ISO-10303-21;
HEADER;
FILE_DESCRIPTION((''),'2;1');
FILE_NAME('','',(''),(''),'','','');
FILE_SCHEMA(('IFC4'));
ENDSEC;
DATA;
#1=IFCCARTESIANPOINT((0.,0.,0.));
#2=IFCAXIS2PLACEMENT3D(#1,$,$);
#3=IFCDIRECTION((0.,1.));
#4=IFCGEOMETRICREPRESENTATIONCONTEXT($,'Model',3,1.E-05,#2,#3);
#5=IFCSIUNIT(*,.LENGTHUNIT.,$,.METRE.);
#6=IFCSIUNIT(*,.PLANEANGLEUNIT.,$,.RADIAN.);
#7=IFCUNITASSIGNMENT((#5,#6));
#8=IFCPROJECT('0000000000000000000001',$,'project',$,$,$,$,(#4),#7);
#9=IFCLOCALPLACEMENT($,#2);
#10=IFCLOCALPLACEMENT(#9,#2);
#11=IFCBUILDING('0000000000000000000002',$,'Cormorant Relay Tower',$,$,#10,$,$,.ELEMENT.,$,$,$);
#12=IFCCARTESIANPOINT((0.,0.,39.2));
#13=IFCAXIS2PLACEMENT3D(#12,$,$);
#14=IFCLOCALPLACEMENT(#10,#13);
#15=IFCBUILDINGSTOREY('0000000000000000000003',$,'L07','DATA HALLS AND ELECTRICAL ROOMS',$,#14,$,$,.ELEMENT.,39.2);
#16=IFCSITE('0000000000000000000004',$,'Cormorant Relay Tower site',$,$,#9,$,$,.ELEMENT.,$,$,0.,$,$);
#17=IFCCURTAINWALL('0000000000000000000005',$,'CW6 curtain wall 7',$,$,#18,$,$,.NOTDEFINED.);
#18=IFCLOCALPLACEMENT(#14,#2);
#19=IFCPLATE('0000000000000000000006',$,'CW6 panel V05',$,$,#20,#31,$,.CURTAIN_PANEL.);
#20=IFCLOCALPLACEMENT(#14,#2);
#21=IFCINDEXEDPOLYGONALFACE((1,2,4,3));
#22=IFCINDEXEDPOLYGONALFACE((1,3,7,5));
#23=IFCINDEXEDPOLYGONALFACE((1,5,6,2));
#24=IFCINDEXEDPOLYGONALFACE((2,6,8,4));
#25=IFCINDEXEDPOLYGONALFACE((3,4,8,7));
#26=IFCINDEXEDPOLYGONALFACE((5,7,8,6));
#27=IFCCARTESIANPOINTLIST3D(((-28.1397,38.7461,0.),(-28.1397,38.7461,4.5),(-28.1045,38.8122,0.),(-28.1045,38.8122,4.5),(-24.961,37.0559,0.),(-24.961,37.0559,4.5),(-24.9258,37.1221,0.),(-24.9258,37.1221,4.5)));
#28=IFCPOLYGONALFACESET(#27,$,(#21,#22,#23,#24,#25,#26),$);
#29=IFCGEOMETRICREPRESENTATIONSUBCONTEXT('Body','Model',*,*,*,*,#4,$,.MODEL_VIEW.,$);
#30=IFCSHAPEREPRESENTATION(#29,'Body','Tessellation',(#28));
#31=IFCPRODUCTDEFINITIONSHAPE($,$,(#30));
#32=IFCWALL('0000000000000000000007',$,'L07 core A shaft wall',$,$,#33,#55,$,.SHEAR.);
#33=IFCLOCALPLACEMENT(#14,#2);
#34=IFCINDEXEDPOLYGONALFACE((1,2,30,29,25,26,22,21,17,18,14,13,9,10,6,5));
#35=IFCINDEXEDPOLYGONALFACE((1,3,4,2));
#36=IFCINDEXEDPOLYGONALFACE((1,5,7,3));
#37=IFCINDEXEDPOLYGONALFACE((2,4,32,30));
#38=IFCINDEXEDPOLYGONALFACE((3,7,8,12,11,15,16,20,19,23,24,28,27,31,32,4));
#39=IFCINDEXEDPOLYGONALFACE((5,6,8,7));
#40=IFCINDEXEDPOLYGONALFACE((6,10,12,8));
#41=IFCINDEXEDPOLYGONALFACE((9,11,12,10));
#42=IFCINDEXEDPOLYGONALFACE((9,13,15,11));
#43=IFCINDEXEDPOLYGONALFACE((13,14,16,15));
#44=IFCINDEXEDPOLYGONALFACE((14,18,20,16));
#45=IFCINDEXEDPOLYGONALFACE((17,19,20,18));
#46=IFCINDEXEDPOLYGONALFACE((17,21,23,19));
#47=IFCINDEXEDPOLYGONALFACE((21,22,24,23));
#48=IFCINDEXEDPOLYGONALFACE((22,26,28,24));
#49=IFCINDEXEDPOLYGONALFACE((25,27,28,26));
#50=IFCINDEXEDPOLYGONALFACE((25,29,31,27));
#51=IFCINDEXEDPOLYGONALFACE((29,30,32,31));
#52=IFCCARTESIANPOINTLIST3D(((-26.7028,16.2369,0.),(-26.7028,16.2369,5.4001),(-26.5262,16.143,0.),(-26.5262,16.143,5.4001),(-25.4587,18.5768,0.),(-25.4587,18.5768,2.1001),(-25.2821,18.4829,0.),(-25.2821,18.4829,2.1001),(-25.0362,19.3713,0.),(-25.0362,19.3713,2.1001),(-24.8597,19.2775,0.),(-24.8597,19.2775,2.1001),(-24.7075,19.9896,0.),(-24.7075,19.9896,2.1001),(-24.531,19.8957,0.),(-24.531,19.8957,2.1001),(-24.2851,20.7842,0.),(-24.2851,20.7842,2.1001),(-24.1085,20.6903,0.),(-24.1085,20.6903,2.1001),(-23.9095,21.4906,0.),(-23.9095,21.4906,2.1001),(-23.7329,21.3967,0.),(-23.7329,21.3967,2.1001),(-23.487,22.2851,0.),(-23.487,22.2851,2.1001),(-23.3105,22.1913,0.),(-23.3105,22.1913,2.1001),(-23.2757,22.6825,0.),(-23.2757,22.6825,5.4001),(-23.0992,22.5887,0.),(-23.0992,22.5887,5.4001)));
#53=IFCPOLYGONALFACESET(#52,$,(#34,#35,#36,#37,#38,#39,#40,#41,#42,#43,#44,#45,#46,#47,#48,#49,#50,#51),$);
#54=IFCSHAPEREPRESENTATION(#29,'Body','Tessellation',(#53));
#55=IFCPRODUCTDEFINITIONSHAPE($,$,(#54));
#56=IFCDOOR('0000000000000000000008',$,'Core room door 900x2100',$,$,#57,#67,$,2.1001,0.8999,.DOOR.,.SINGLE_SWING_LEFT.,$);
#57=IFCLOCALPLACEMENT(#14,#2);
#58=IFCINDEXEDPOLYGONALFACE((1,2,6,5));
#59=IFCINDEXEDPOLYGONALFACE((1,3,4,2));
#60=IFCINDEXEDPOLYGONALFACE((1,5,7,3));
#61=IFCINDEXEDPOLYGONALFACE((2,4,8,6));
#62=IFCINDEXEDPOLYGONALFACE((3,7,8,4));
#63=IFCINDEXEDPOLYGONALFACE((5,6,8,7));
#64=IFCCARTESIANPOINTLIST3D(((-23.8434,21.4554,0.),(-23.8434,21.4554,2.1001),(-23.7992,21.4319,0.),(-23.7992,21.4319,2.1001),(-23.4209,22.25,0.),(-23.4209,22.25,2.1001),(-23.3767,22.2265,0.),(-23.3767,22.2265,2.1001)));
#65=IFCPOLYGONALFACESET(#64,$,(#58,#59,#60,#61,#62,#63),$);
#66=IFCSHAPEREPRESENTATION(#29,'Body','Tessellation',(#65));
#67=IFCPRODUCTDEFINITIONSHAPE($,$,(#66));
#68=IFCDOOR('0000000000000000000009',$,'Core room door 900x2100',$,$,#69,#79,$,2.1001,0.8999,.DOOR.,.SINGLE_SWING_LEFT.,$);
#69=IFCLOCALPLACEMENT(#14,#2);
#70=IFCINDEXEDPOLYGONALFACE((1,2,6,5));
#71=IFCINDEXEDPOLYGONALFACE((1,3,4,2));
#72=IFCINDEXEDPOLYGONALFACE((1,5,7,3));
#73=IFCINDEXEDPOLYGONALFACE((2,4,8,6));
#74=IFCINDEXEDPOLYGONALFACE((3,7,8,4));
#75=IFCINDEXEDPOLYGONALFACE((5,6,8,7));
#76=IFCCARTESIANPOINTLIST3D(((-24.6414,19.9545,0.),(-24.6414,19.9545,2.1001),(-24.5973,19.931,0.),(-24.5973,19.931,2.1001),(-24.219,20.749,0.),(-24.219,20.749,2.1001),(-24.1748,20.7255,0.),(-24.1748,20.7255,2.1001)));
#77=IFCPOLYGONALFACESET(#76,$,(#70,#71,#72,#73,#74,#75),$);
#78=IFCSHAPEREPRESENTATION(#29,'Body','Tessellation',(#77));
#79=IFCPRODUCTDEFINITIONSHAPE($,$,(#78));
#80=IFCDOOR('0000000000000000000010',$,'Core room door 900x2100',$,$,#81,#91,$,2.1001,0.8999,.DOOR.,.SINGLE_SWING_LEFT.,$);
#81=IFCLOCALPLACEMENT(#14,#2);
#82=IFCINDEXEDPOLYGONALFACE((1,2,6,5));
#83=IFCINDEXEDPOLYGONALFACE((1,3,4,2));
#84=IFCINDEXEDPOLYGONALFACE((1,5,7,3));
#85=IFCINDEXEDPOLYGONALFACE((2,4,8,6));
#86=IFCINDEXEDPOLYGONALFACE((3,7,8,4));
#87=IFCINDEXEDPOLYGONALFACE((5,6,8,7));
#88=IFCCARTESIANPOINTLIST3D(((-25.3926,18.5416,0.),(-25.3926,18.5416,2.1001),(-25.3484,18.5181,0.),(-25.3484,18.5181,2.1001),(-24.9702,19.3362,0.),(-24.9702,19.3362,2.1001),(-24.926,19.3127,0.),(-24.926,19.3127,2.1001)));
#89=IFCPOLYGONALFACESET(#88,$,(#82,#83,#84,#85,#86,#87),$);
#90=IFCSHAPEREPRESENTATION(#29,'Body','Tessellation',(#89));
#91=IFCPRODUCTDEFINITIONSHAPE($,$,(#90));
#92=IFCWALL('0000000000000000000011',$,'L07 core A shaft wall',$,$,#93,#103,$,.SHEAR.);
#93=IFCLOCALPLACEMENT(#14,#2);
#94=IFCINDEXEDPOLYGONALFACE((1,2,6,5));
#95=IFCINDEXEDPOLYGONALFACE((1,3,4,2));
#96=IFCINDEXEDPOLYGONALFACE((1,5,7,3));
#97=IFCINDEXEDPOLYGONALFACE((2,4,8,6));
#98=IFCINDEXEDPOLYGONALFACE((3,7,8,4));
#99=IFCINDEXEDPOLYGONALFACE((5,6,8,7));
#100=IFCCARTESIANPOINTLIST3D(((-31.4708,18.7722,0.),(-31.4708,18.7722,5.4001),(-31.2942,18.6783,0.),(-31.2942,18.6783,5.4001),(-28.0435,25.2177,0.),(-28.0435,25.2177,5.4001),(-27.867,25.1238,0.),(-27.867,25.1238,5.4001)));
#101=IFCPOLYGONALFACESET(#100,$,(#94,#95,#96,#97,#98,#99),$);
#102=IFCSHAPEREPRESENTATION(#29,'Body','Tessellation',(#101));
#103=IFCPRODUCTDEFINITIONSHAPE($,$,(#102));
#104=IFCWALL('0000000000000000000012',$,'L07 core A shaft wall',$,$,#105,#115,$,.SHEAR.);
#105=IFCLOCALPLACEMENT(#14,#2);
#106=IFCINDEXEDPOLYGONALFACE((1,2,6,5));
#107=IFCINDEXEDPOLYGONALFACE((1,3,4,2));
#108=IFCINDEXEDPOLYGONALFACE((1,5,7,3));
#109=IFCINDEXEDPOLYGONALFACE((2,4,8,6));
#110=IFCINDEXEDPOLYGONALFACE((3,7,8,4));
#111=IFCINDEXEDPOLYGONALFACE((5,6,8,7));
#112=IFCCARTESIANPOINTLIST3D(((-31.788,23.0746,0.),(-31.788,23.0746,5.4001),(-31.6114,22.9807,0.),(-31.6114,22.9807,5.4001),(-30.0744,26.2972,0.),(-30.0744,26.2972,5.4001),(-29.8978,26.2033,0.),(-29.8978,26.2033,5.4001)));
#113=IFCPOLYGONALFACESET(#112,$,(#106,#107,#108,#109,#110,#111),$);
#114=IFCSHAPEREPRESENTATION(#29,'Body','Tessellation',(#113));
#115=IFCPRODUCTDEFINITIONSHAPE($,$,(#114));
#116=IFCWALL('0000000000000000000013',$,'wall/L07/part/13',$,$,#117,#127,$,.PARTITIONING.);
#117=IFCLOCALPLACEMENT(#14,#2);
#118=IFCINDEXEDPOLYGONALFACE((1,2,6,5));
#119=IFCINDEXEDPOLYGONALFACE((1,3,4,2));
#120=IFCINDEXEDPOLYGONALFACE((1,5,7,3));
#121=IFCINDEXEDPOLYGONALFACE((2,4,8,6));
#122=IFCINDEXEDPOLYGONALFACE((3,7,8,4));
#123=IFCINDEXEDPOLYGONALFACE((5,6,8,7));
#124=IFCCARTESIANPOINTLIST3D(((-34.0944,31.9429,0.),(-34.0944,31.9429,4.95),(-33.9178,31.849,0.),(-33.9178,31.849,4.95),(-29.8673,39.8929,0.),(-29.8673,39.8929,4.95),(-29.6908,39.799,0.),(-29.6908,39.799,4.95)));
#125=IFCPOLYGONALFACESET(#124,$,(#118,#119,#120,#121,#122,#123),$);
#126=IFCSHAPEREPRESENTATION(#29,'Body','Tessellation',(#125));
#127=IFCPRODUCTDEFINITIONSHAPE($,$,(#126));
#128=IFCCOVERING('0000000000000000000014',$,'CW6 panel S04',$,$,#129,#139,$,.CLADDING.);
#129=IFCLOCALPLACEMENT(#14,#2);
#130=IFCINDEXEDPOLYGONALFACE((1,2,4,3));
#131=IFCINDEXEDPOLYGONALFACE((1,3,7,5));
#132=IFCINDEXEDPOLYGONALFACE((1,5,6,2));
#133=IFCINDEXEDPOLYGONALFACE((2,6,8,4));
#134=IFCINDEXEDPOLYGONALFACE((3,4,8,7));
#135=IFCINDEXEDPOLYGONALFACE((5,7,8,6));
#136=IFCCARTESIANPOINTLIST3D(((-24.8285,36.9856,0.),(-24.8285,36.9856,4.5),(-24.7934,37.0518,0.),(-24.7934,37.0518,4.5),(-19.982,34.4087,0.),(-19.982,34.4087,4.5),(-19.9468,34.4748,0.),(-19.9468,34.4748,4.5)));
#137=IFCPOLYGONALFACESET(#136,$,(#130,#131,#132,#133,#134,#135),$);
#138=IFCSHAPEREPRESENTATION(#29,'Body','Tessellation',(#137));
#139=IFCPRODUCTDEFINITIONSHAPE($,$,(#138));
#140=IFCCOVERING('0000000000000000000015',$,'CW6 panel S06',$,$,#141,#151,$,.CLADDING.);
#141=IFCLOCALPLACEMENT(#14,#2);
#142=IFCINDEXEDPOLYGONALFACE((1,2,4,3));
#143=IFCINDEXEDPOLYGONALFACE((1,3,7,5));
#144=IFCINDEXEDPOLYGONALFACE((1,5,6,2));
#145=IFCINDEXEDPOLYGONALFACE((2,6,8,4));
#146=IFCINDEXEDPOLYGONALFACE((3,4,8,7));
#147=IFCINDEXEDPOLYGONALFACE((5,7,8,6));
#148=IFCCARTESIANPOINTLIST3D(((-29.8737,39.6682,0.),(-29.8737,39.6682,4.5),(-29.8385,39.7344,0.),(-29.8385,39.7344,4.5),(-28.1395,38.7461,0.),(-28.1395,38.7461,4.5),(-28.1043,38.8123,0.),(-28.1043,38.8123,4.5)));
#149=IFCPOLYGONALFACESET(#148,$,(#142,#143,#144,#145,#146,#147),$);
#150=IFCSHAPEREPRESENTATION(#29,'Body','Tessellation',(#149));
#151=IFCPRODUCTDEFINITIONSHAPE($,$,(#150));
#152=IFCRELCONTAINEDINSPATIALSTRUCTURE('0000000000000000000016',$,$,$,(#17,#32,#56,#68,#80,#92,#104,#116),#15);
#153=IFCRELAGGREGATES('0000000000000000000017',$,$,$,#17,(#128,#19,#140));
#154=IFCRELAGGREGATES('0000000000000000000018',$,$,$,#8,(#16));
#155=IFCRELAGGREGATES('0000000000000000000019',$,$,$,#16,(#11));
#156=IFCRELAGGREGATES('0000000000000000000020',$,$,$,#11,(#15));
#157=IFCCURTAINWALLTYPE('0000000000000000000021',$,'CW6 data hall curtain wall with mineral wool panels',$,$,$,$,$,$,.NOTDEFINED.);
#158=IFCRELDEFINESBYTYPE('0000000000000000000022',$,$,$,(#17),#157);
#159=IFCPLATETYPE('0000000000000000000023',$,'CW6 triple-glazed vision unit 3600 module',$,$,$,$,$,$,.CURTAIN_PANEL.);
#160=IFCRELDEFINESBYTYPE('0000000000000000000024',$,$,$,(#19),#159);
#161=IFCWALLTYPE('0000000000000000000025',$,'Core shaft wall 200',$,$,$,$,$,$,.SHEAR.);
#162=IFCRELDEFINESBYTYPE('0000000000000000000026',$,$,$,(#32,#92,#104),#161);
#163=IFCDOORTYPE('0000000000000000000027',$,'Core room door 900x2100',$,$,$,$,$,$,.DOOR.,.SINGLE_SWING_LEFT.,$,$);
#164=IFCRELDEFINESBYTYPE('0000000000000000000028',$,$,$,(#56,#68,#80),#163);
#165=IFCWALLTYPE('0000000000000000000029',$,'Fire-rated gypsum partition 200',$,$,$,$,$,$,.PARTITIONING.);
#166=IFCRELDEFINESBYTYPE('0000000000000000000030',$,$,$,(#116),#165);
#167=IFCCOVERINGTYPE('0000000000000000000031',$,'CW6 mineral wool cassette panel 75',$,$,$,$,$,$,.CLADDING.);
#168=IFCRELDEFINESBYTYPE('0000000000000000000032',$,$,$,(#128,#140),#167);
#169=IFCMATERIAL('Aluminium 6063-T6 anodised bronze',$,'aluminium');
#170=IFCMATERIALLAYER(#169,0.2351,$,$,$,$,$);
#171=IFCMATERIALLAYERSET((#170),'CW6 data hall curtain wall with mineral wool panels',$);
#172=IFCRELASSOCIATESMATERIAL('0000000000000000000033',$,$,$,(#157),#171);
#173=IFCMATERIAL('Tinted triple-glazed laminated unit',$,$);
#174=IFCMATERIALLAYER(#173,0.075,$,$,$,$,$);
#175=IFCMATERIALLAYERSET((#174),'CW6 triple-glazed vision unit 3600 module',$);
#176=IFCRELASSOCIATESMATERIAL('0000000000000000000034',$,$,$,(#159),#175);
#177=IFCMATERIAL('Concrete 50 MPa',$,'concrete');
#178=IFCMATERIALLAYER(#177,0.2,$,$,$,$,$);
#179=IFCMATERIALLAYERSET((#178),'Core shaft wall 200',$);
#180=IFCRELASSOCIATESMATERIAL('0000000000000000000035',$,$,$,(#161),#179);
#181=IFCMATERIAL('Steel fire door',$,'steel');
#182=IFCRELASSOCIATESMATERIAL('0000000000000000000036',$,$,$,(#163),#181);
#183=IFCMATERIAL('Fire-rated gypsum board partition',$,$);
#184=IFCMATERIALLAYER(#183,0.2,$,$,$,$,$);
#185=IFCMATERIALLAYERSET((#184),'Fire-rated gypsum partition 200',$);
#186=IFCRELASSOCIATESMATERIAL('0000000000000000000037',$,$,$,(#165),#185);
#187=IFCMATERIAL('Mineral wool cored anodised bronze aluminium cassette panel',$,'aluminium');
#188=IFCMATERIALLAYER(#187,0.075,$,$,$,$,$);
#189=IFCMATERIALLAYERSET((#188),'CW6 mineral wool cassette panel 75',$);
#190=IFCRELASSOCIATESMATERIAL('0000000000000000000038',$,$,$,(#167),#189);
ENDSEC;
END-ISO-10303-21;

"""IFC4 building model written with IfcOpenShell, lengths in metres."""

from ifc_helpers import new_model, si_unit, direction, frame, frame_2d, origin, origin_2d, place, context, subcontext, project, spatial, rectangle, extrude, material, layer, layer_set, type_object, element, fill, aggregate, save


model = new_model("IFC4")

# Units and contexts
model_context = context("Model", 3, precision=1e-05, world=origin(), true_north=direction((0.0, 1.0)))
body_context = subcontext(model_context, "Body", "Model", "MODEL_VIEW")
ifc_project = project(units=[si_unit("LENGTHUNIT", "METRE"), si_unit("PLANEANGLEUNIT", "RADIAN")], contexts=[model_context])

# Site, building, storey
site_placement = place(None, origin())
site = spatial("IfcSite", under=ifc_project, at=site_placement, Name="Cormorant Relay Tower site", CompositionType="ELEMENT", RefElevation=0.0)
building_placement = place(site_placement, origin())
building = spatial("IfcBuilding", under=site, at=building_placement, Name="Cormorant Relay Tower", CompositionType="ELEMENT")
storey_placement = place(building_placement, frame((0.0, 0.0, 39.2)))
storey = spatial("IfcBuildingStorey", under=building, at=storey_placement, Name="L07", Description="DATA HALLS AND ELECTRICAL ROOMS", CompositionType="ELEMENT", Elevation=39.2)

# Curtain wall
ifc_material_1 = material(Name="Aluminium 6063-T6 anodised bronze", Category="aluminium")
ifc_layer_1 = layer(ifc_material_1, 0.2351)
ifc_layer_set_1 = layer_set([ifc_layer_1], Name="CW6 data hall curtain wall with mineral wool panels")
curtain_wall_type = type_object("IfcCurtainWallType", Name="CW6 data hall curtain wall with mineral wool panels", PredefinedType="NOTDEFINED", material=ifc_layer_set_1)
curtain_wall_1_placement = place(storey_placement, origin())
curtain_wall_1 = element("IfcCurtainWall", 1, at=curtain_wall_1_placement, inside=storey, type_object=curtain_wall_type, Name="CW6 curtain wall 7", PredefinedType="NOTDEFINED")

# Plate
ifc_material_2 = material(Name="Tinted triple-glazed laminated unit")
ifc_layer_2 = layer(ifc_material_2, 0.075)
ifc_layer_set_2 = layer_set([ifc_layer_2], Name="CW6 triple-glazed vision unit 3600 module")
plate_type = type_object("IfcPlateType", Name="CW6 triple-glazed vision unit 3600 module", PredefinedType="CURTAIN_PANEL", material=ifc_layer_set_2)
plate_placement = place(storey_placement, frame((-26.5327, 37.9341, 0.0), z_axis=(0.0, 0.0, 1.0), x_axis=(-0.882948, 0.469472, 0.0)))
plate = element("IfcPlate", 2, at=plate_placement, type_object=plate_type, Name="CW6 panel V05", PredefinedType="CURTAIN_PANEL", context=body_context, shape_type="SweptSolid", body=[
    extrude(rectangle(XDim=3.6001, YDim=0.075, at=origin_2d()), origin(), (0.0, 0.0, 1.0), 4.5),
])

# Wall, openings, doors
ifc_material_3 = material(Name="Concrete 50 MPa", Category="concrete")
ifc_layer_3 = layer(ifc_material_3, 0.2)
ifc_layer_set_3 = layer_set([ifc_layer_3], Name="Core shaft wall 200")
wall_type_1 = type_object("IfcWallType", Name="Core shaft wall 200", PredefinedType="SHEAR", material=ifc_layer_set_3)
wall_1_placement = place(storey_placement, frame((-23.1875, 22.6355, 0.0), z_axis=(0.0, 0.0, 1.0), x_axis=(-0.469454, -0.882957, 0.0)))
wall_1 = element("IfcWall", 3, at=wall_1_placement, inside=storey, type_object=wall_type_1, Name="L07 core A shaft wall", PredefinedType="SHEAR", context=body_context, shape_type="SweptSolid", body=[
    extrude(rectangle(XDim=7.3, YDim=0.2, at=frame_2d((3.6499, 0.0))), origin(), (0.0, 0.0, 1.0), 5.4001),
])
opening_1_placement = place(wall_1_placement, frame((0.45, 0.0, 0.0)))
opening_1 = element("IfcOpeningElement", 4, at=opening_1_placement, cuts=wall_1, PredefinedType="OPENING", context=body_context, shape_type="SweptSolid", body=[
    extrude(rectangle(XDim=0.8999, YDim=2.1001, at=frame_2d((0.45, 1.05))), frame((0.0, 0.1099, 0.0), z_axis=(0.0, -1.0, 0.0), x_axis=(1.0, 0.0, 0.0)), (0.0, 0.0, 1.0), 0.22),
])
opening_2_placement = place(wall_1_placement, frame((2.1499, 0.0, 0.0)))
opening_2 = element("IfcOpeningElement", 5, at=opening_2_placement, cuts=wall_1, PredefinedType="OPENING", context=body_context, shape_type="SweptSolid", body=[
    extrude(rectangle(XDim=0.8999, YDim=2.1001, at=frame_2d((0.45, 1.05))), frame((0.0, 0.1099, 0.0), z_axis=(0.0, -1.0, 0.0), x_axis=(1.0, 0.0, 0.0)), (0.0, 0.0, 1.0), 0.22),
])
opening_3_placement = place(wall_1_placement, frame((3.75, 0.0, 0.0)))
opening_3 = element("IfcOpeningElement", 6, at=opening_3_placement, cuts=wall_1, PredefinedType="OPENING", context=body_context, shape_type="SweptSolid", body=[
    extrude(rectangle(XDim=0.8999, YDim=2.1001, at=frame_2d((0.45, 1.05))), frame((0.0, 0.1099, 0.0), z_axis=(0.0, -1.0, 0.0), x_axis=(1.0, 0.0, 0.0)), (0.0, 0.0, 1.0), 0.22),
])
ifc_material_4 = material(Name="Steel fire door", Category="steel")
door_type_1 = type_object("IfcDoorType", Name="Core room door 900x2100", OperationType="SINGLE_SWING_LEFT", PredefinedType="DOOR", material=ifc_material_4)
door_1_placement = place(opening_1_placement, origin())
door_1 = element("IfcDoor", 7, at=door_1_placement, inside=storey, type_object=door_type_1, Name="Core room door 900x2100", OperationType="SINGLE_SWING_LEFT", OverallHeight=2.1001, OverallWidth=0.8999, PredefinedType="DOOR", context=body_context, shape_type="SweptSolid", body=[
    extrude(rectangle(XDim=0.8999, YDim=2.1001, at=frame_2d((0.45, 1.05))), frame((0.0, 0.0249, 0.0), z_axis=(0.0, -1.0, 0.0), x_axis=(1.0, 0.0, 0.0)), (0.0, 0.0, 1.0), 0.05),
])
fill(opening_1, door_1)
door_2_placement = place(opening_2_placement, origin())
door_2 = element("IfcDoor", 8, at=door_2_placement, inside=storey, type_object=door_type_1, Name="Core room door 900x2100", OperationType="SINGLE_SWING_LEFT", OverallHeight=2.1001, OverallWidth=0.8999, PredefinedType="DOOR", context=body_context, shape_type="SweptSolid", body=[
    extrude(rectangle(XDim=0.8999, YDim=2.1001, at=frame_2d((0.45, 1.05))), frame((0.0, 0.0249, 0.0), z_axis=(0.0, -1.0, 0.0), x_axis=(1.0, 0.0, 0.0)), (0.0, 0.0, 1.0), 0.05),
])
fill(opening_2, door_2)
door_3_placement = place(opening_3_placement, origin())
door_3 = element("IfcDoor", 9, at=door_3_placement, inside=storey, type_object=door_type_1, Name="Core room door 900x2100", OperationType="SINGLE_SWING_LEFT", OverallHeight=2.1001, OverallWidth=0.8999, PredefinedType="DOOR", context=body_context, shape_type="SweptSolid", body=[
    extrude(rectangle(XDim=0.8999, YDim=2.1001, at=frame_2d((0.45, 1.05))), frame((0.0, 0.0249, 0.0), z_axis=(0.0, -1.0, 0.0), x_axis=(1.0, 0.0, 0.0)), (0.0, 0.0, 1.0), 0.05),
])
fill(opening_3, door_3)

# Walls
wall_2_placement = place(storey_placement, frame((-27.9553, 25.1707, 0.0), z_axis=(0.0, 0.0, 1.0), x_axis=(-0.46948, -0.882943, 0.0)))
element("IfcWall", 10, at=wall_2_placement, inside=storey, type_object=wall_type_1, Name="L07 core A shaft wall", PredefinedType="SHEAR", context=body_context, shape_type="SweptSolid", body=[
    extrude(rectangle(XDim=7.3, YDim=0.2, at=frame_2d((3.6499, 0.0))), origin(), (0.0, 0.0, 1.0), 5.4001),
])
wall_3_placement = place(storey_placement, frame((-29.9861, 26.2502, 0.0), z_axis=(0.0, 0.0, 1.0), x_axis=(-0.469494, -0.882936, 0.0)))
element("IfcWall", 11, at=wall_3_placement, inside=storey, type_object=wall_type_1, Name="L07 core A shaft wall", PredefinedType="SHEAR", context=body_context, shape_type="SweptSolid", body=[
    extrude(rectangle(XDim=3.6499, YDim=0.2, at=frame_2d((1.825, 0.0))), origin(), (0.0, 0.0, 1.0), 5.4001),
])

# Wall
ifc_material_5 = material(Name="Fire-rated gypsum board partition")
ifc_layer_4 = layer(ifc_material_5, 0.2)
ifc_layer_set_4 = layer_set([ifc_layer_4], Name="Fire-rated gypsum partition 200")
wall_type_2 = type_object("IfcWallType", Name="Fire-rated gypsum partition 200", PredefinedType="PARTITIONING", material=ifc_layer_set_4)
wall_4_placement = place(storey_placement, frame((-29.7791, 39.8459, 0.0), z_axis=(0.0, 0.0, 1.0), x_axis=(-0.46947, -0.882948, 0.0)))
element("IfcWall", 12, at=wall_4_placement, inside=storey, type_object=wall_type_2, Name="wall/L07/part/13", PredefinedType="PARTITIONING", context=body_context, shape_type="SweptSolid", body=[
    extrude(rectangle(XDim=9.0039, YDim=0.2, at=frame_2d((4.502, 0.0))), origin(), (0.0, 0.0, 1.0), 4.95),
])

# Coverings
ifc_material_6 = material(Name="Mineral wool cored anodised bronze aluminium cassette panel", Category="aluminium")
ifc_layer_5 = layer(ifc_material_6, 0.075)
ifc_layer_set_5 = layer_set([ifc_layer_5], Name="CW6 mineral wool cassette panel 75")
covering_type = type_object("IfcCoveringType", Name="CW6 mineral wool cassette panel 75", PredefinedType="CLADDING", material=ifc_layer_set_5)
covering_1_placement = place(storey_placement, frame((-22.3877, 35.7302, 0.0), z_axis=(0.0, 0.0, 1.0), x_axis=(-0.882948, 0.469472, 0.0)))
covering_1 = element("IfcCovering", 13, at=covering_1_placement, type_object=covering_type, Name="CW6 panel S04", PredefinedType="CLADDING", context=body_context, shape_type="SweptSolid", body=[
    extrude(rectangle(XDim=5.489, YDim=0.075, at=origin_2d()), origin(), (0.0, 0.0, 1.0), 4.5),
])
covering_2_placement = place(storey_placement, frame((-28.989, 39.2402, 0.0), z_axis=(0.0, 0.0, 1.0), x_axis=(-0.882948, 0.469472, 0.0)))
covering_2 = element("IfcCovering", 14, at=covering_2_placement, type_object=covering_type, Name="CW6 panel S06", PredefinedType="CLADDING", context=body_context, shape_type="SweptSolid", body=[
    extrude(rectangle(XDim=1.9641, YDim=0.075, at=origin_2d()), origin(), (0.0, 0.0, 1.0), 4.5),
])
aggregate(curtain_wall_1, [covering_1, plate, covering_2])

save(model, "model.ifc")
